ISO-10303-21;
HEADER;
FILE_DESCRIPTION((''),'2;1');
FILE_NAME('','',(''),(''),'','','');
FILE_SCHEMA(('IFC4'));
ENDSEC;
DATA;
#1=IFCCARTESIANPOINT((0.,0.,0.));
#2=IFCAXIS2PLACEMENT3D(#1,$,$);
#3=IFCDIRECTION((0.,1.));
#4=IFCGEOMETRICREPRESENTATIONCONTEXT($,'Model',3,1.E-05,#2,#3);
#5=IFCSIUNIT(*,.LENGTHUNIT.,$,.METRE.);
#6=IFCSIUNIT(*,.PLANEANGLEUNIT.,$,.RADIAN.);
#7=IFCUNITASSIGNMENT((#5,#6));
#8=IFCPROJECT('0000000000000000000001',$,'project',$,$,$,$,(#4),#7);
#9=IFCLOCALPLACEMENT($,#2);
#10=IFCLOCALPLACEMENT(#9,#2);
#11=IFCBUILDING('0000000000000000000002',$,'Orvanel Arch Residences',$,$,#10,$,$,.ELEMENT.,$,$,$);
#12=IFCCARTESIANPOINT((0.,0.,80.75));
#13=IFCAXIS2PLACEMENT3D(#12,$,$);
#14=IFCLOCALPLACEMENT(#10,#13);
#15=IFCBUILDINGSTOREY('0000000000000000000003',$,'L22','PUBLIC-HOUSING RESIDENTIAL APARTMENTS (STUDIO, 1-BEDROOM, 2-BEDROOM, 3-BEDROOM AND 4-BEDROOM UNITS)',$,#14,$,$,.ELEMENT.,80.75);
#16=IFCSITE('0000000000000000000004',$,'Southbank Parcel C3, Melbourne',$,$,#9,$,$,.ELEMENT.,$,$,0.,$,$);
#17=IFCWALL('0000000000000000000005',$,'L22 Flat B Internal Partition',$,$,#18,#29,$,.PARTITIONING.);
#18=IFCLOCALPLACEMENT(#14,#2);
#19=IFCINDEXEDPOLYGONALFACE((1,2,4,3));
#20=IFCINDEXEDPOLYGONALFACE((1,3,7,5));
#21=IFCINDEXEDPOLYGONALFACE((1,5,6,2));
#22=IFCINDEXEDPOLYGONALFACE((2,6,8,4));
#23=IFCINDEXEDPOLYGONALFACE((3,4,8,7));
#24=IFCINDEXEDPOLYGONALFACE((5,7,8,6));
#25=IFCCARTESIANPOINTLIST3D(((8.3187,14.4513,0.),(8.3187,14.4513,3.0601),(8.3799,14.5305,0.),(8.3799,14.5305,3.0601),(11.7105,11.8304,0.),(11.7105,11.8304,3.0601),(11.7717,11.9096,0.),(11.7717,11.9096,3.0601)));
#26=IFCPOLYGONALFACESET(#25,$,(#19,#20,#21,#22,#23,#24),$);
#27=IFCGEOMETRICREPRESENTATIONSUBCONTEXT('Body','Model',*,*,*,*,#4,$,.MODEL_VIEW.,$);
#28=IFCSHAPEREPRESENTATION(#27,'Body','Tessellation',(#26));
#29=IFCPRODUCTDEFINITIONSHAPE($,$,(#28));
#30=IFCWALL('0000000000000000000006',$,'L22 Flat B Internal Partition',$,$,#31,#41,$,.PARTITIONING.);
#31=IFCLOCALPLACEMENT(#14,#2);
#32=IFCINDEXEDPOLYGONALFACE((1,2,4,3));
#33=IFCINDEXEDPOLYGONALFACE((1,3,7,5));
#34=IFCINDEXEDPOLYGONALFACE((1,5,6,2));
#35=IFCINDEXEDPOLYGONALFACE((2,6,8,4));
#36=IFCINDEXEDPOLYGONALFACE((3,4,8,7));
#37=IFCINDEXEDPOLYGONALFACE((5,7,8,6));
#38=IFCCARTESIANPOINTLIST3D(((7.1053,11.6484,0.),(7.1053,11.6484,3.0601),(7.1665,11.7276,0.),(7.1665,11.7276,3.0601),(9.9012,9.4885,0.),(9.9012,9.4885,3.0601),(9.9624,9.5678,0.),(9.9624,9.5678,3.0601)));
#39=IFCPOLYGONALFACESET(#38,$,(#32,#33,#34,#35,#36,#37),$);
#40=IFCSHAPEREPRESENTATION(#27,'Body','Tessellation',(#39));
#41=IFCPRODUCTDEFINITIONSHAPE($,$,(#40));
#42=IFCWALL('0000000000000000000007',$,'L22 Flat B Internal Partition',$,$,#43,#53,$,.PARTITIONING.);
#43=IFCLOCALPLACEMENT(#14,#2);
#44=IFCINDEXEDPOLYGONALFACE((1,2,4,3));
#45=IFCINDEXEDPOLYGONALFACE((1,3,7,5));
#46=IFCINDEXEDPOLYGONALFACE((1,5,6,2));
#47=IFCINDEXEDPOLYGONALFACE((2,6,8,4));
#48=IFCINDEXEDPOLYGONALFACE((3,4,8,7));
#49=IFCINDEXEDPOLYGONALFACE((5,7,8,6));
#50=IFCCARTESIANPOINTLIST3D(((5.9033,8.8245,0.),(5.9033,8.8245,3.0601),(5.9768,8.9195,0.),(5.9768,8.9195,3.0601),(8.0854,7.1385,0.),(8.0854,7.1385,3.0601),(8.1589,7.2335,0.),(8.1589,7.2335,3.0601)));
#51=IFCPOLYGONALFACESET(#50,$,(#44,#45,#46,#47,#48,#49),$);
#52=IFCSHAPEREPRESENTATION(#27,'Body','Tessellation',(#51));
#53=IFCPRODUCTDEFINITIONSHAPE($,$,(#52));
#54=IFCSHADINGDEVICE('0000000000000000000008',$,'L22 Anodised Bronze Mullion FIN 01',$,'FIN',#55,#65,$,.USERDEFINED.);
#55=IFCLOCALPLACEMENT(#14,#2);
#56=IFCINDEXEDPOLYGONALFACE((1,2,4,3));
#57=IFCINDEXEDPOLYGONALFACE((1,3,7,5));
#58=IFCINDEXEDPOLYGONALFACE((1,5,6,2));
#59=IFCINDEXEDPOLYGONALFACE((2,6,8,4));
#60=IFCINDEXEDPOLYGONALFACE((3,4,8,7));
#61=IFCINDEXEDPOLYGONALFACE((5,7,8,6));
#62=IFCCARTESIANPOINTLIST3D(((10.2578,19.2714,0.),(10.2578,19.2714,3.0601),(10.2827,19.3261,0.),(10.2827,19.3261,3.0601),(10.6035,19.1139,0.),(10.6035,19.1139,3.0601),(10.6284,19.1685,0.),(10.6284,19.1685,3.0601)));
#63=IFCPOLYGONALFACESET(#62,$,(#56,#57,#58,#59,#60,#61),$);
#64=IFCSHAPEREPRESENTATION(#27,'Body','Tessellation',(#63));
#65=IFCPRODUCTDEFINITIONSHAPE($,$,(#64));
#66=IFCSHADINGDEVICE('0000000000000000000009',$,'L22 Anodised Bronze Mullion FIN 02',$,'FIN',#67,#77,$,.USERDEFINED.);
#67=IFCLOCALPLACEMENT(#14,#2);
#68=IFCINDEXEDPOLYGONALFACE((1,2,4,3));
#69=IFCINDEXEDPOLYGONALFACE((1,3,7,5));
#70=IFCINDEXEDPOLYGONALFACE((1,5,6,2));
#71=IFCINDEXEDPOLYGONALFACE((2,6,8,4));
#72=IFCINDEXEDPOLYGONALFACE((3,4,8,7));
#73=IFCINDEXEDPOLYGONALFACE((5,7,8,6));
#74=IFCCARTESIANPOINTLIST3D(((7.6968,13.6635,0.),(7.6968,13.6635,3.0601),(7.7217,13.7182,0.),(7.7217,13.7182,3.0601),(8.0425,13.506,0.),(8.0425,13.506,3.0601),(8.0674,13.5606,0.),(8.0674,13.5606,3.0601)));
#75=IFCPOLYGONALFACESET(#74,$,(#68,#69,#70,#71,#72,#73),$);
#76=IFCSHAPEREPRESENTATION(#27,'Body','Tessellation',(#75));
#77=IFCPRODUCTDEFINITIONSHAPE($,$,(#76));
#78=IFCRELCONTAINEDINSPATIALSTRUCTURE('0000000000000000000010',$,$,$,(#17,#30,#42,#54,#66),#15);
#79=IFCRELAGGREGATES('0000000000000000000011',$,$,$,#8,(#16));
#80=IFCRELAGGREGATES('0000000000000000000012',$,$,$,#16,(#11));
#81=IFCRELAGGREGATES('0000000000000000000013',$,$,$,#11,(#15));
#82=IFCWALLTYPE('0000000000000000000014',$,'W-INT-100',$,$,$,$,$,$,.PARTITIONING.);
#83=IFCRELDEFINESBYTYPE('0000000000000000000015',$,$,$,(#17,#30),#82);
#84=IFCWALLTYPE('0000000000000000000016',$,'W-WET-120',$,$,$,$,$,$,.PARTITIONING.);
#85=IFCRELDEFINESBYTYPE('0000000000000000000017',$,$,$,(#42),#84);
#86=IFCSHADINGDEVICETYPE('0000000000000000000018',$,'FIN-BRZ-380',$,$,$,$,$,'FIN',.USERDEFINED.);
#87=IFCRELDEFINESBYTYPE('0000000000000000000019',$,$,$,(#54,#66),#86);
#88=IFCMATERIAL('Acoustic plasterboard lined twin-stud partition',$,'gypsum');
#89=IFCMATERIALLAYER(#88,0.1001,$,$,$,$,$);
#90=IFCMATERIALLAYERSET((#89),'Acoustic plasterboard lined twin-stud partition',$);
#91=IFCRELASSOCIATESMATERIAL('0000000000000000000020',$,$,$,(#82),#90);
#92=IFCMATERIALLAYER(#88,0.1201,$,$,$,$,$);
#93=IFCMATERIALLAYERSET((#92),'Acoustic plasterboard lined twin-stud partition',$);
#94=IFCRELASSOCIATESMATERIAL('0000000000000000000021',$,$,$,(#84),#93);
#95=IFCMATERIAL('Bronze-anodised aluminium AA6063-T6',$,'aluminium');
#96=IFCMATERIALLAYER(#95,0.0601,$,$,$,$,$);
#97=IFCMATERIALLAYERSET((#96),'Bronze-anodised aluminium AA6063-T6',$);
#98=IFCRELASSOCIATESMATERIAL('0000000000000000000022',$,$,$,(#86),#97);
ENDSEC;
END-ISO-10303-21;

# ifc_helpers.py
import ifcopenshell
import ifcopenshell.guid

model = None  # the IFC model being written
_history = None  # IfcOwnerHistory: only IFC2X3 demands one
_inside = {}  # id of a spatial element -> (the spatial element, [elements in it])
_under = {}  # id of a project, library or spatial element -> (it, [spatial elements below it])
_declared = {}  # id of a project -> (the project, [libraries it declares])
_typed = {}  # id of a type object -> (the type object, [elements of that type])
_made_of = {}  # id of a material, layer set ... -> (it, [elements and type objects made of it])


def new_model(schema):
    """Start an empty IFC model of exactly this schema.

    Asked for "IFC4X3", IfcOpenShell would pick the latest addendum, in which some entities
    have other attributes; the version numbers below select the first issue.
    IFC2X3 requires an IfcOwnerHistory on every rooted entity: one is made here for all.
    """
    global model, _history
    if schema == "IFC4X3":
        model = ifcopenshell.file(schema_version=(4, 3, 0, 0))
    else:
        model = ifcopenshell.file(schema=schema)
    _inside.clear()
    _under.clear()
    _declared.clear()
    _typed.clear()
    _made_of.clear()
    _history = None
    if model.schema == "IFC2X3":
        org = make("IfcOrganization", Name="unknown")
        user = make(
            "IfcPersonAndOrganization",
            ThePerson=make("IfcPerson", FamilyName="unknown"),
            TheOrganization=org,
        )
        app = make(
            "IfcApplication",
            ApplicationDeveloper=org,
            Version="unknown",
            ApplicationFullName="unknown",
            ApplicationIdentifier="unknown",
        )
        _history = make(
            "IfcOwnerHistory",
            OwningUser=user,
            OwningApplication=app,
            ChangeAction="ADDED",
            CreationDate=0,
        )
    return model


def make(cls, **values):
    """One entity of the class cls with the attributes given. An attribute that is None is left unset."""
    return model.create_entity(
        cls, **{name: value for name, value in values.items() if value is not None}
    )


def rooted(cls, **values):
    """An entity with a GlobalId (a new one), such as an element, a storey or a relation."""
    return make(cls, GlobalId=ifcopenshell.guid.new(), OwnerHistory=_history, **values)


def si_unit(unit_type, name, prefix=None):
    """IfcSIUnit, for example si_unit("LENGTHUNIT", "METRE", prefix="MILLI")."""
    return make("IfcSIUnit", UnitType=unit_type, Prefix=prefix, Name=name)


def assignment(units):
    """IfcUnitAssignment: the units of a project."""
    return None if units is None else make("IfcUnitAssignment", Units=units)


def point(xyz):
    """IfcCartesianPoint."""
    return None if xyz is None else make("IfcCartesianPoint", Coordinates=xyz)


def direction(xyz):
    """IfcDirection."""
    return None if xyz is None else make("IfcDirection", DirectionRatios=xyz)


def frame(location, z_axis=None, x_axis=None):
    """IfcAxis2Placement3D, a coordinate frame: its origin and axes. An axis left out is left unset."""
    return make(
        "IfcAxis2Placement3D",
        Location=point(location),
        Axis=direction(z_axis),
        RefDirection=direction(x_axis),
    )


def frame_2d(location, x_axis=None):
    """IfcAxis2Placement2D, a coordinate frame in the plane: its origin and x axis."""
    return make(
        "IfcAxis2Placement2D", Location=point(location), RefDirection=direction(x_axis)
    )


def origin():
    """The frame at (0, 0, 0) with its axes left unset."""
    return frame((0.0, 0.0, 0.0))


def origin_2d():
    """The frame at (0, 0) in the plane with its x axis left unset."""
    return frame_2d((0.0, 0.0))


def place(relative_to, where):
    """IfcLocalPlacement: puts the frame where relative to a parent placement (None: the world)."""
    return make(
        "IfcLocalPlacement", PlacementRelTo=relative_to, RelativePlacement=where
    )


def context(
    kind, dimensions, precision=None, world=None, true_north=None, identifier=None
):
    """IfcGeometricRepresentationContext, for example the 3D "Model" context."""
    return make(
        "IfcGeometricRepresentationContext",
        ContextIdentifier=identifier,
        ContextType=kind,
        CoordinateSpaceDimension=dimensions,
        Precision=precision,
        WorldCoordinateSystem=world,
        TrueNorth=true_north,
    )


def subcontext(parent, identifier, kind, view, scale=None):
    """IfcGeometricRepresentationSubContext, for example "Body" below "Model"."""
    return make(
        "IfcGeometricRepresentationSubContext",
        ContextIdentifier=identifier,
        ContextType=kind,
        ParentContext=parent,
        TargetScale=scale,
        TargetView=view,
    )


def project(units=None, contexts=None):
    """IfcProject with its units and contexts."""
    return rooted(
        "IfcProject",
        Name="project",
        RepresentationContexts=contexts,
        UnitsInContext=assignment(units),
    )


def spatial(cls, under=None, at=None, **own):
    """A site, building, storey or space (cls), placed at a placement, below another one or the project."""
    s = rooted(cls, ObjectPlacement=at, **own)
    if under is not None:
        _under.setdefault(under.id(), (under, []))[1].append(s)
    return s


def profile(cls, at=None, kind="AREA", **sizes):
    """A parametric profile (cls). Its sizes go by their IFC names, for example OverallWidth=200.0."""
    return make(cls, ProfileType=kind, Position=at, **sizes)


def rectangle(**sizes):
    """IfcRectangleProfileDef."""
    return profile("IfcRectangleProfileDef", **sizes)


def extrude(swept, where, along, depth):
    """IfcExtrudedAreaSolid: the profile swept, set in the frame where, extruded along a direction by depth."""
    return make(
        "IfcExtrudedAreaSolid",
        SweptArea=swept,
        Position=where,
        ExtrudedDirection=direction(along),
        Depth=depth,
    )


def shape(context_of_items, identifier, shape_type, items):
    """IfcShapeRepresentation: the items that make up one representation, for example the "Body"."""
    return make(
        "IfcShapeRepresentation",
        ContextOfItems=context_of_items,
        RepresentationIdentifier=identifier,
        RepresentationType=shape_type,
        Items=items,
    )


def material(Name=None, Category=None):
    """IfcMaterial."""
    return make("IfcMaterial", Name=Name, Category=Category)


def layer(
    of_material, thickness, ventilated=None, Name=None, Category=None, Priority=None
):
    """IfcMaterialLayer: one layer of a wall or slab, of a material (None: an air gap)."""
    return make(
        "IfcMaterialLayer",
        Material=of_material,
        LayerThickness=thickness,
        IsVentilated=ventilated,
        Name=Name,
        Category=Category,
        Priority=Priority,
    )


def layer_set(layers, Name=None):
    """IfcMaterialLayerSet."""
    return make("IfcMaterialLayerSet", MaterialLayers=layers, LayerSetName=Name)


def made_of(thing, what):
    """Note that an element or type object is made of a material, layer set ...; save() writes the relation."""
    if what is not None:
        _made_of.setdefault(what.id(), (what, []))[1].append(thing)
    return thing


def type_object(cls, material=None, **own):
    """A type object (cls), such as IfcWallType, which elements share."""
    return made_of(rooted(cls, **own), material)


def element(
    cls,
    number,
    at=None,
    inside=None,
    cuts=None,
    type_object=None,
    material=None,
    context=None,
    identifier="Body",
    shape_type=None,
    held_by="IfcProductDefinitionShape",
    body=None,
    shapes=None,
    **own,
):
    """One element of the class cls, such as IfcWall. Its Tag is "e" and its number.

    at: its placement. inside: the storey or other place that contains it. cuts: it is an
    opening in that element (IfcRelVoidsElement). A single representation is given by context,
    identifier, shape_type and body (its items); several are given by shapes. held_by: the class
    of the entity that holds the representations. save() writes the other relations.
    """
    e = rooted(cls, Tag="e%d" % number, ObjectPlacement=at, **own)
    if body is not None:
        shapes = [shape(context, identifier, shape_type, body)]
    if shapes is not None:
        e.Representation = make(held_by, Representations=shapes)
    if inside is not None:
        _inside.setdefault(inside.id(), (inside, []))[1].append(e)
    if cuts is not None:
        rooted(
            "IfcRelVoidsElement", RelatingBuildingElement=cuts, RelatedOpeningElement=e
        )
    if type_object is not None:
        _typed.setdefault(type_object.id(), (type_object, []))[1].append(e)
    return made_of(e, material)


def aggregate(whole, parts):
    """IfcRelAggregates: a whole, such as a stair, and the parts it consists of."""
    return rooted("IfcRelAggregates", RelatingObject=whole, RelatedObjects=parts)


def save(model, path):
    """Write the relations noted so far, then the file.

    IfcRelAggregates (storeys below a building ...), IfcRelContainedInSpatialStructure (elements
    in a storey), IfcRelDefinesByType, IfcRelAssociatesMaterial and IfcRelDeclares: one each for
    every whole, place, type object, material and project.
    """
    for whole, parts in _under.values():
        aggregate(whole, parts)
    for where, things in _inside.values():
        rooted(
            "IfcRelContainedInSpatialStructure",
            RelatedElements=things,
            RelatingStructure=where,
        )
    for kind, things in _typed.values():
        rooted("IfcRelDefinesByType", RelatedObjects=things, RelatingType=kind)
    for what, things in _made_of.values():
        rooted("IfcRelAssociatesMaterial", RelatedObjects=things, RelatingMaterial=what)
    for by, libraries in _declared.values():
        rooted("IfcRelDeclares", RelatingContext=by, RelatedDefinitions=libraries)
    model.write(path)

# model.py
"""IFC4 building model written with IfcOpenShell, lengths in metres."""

from ifc_helpers import new_model, si_unit, direction, frame, frame_2d, origin, origin_2d, place, context, subcontext, project, spatial, rectangle, extrude, material, layer, layer_set, type_object, element, save


model = new_model("IFC4")

# Units and contexts
model_context = context("Model", 3, precision=1e-05, world=origin(), true_north=direction((0.0, 1.0)))
body_context = subcontext(model_context, "Body", "Model", "MODEL_VIEW")
ifc_project = project(units=[si_unit("LENGTHUNIT", "METRE"), si_unit("PLANEANGLEUNIT", "RADIAN")], contexts=[model_context])

# Site, building, storey
site_placement = place(None, origin())
site = spatial("IfcSite", under=ifc_project, at=site_placement, Name="Southbank Parcel C3, Melbourne", CompositionType="ELEMENT", RefElevation=0.0)
building_placement = place(site_placement, origin())
building = spatial("IfcBuilding", under=site, at=building_placement, Name="Orvanel Arch Residences", CompositionType="ELEMENT")
storey_placement = place(building_placement, frame((0.0, 0.0, 80.75)))
storey = spatial("IfcBuildingStorey", under=building, at=storey_placement, Name="L22", Description="PUBLIC-HOUSING RESIDENTIAL APARTMENTS (STUDIO, 1-BEDROOM, 2-BEDROOM, 3-BEDROOM AND 4-BEDROOM UNITS)", CompositionType="ELEMENT", Elevation=80.75)

# Shared definitions
ifc_material_1 = material(Name="Bronze-anodised aluminium AA6063-T6", Category="aluminium")

# Shared definitions
ifc_material_2 = material(Name="Acoustic plasterboard lined twin-stud partition", Category="gypsum")
ifc_layer_1 = layer(ifc_material_2, 0.1001)
ifc_layer_set_1 = layer_set([ifc_layer_1], Name="Acoustic plasterboard lined twin-stud partition")
wall_type_1 = type_object("IfcWallType", Name="W-INT-100", PredefinedType="PARTITIONING", material=ifc_layer_set_1)

# Walls
wall_1_placement = place(storey_placement, frame((11.741, 11.8701, 0.0), z_axis=(0.0, 0.0, 1.0), x_axis=(-0.791299, 0.61143, 0.0)))
element("IfcWall", 1, at=wall_1_placement, inside=storey, type_object=wall_type_1, Name="L22 Flat B Internal Partition", PredefinedType="PARTITIONING", context=body_context, shape_type="SweptSolid", body=[
    extrude(rectangle(XDim=4.2864, YDim=0.1001, at=frame_2d((2.1431, 0.0))), origin(), (0.0, 0.0, 1.0), 3.0601),
])
wall_2_placement = place(storey_placement, frame((9.9319, 9.5281, 0.0), z_axis=(0.0, 0.0, 1.0), x_axis=(-0.791361, 0.611349, 0.0)))
element("IfcWall", 2, at=wall_2_placement, inside=storey, type_object=wall_type_1, Name="L22 Flat B Internal Partition", PredefinedType="PARTITIONING", context=body_context, shape_type="SweptSolid", body=[
    extrude(rectangle(XDim=3.533, YDim=0.1001, at=frame_2d((1.7666, 0.0))), origin(), (0.0, 0.0, 1.0), 3.0601),
])
ifc_layer_2 = layer(ifc_material_2, 0.1201)
ifc_layer_set_2 = layer_set([ifc_layer_2], Name="Acoustic plasterboard lined twin-stud partition")
wall_type_2 = type_object("IfcWallType", Name="W-WET-120", PredefinedType="PARTITIONING", material=ifc_layer_set_2)
wall_3_placement = place(storey_placement, frame((5.9399, 8.8721, 0.0), z_axis=(0.0, 0.0, 1.0), x_axis=(0.791312, -0.611412, 0.0)))
element("IfcWall", 3, at=wall_3_placement, inside=storey, type_object=wall_type_2, Name="L22 Flat B Internal Partition", PredefinedType="PARTITIONING", context=body_context, shape_type="SweptSolid", body=[
    extrude(rectangle(XDim=2.7576, YDim=0.1201, at=frame_2d((1.3789, 0.0))), origin(), (0.0, 0.0, 1.0), 3.0601),
])

# Shading devices
ifc_layer_3 = layer(ifc_material_1, 0.0601)
ifc_layer_set_3 = layer_set([ifc_layer_3], Name="Bronze-anodised aluminium AA6063-T6")
shading_device_type = type_object("IfcShadingDeviceType", Name="FIN-BRZ-380", ElementType="FIN", PredefinedType="USERDEFINED", material=ifc_layer_set_3)
for number, where, z_axis, x_axis, name in (
    (4, (10.4431, 19.22, 0.0), (0.0, 0.0, 1.0), (-0.909961, 0.414693, 0.0), "L22 Anodised Bronze Mullion FIN 01"),
    (5, (7.8821, 13.6121, 0.0), (0.0, 0.0, 1.0), (-0.909961, 0.414693, 0.0), "L22 Anodised Bronze Mullion FIN 02"),
):
    element("IfcShadingDevice", number, at=place(storey_placement, frame(where, z_axis=z_axis, x_axis=x_axis)), inside=storey, type_object=shading_device_type, Name=name, ObjectType="FIN", PredefinedType="USERDEFINED", context=body_context, shape_type="SweptSolid", body=[
        extrude(rectangle(XDim=0.3799, YDim=0.0601, at=origin_2d()), origin(), (0.0, 0.0, 1.0), 3.0601),
    ])

save(model, "model.ifc")
